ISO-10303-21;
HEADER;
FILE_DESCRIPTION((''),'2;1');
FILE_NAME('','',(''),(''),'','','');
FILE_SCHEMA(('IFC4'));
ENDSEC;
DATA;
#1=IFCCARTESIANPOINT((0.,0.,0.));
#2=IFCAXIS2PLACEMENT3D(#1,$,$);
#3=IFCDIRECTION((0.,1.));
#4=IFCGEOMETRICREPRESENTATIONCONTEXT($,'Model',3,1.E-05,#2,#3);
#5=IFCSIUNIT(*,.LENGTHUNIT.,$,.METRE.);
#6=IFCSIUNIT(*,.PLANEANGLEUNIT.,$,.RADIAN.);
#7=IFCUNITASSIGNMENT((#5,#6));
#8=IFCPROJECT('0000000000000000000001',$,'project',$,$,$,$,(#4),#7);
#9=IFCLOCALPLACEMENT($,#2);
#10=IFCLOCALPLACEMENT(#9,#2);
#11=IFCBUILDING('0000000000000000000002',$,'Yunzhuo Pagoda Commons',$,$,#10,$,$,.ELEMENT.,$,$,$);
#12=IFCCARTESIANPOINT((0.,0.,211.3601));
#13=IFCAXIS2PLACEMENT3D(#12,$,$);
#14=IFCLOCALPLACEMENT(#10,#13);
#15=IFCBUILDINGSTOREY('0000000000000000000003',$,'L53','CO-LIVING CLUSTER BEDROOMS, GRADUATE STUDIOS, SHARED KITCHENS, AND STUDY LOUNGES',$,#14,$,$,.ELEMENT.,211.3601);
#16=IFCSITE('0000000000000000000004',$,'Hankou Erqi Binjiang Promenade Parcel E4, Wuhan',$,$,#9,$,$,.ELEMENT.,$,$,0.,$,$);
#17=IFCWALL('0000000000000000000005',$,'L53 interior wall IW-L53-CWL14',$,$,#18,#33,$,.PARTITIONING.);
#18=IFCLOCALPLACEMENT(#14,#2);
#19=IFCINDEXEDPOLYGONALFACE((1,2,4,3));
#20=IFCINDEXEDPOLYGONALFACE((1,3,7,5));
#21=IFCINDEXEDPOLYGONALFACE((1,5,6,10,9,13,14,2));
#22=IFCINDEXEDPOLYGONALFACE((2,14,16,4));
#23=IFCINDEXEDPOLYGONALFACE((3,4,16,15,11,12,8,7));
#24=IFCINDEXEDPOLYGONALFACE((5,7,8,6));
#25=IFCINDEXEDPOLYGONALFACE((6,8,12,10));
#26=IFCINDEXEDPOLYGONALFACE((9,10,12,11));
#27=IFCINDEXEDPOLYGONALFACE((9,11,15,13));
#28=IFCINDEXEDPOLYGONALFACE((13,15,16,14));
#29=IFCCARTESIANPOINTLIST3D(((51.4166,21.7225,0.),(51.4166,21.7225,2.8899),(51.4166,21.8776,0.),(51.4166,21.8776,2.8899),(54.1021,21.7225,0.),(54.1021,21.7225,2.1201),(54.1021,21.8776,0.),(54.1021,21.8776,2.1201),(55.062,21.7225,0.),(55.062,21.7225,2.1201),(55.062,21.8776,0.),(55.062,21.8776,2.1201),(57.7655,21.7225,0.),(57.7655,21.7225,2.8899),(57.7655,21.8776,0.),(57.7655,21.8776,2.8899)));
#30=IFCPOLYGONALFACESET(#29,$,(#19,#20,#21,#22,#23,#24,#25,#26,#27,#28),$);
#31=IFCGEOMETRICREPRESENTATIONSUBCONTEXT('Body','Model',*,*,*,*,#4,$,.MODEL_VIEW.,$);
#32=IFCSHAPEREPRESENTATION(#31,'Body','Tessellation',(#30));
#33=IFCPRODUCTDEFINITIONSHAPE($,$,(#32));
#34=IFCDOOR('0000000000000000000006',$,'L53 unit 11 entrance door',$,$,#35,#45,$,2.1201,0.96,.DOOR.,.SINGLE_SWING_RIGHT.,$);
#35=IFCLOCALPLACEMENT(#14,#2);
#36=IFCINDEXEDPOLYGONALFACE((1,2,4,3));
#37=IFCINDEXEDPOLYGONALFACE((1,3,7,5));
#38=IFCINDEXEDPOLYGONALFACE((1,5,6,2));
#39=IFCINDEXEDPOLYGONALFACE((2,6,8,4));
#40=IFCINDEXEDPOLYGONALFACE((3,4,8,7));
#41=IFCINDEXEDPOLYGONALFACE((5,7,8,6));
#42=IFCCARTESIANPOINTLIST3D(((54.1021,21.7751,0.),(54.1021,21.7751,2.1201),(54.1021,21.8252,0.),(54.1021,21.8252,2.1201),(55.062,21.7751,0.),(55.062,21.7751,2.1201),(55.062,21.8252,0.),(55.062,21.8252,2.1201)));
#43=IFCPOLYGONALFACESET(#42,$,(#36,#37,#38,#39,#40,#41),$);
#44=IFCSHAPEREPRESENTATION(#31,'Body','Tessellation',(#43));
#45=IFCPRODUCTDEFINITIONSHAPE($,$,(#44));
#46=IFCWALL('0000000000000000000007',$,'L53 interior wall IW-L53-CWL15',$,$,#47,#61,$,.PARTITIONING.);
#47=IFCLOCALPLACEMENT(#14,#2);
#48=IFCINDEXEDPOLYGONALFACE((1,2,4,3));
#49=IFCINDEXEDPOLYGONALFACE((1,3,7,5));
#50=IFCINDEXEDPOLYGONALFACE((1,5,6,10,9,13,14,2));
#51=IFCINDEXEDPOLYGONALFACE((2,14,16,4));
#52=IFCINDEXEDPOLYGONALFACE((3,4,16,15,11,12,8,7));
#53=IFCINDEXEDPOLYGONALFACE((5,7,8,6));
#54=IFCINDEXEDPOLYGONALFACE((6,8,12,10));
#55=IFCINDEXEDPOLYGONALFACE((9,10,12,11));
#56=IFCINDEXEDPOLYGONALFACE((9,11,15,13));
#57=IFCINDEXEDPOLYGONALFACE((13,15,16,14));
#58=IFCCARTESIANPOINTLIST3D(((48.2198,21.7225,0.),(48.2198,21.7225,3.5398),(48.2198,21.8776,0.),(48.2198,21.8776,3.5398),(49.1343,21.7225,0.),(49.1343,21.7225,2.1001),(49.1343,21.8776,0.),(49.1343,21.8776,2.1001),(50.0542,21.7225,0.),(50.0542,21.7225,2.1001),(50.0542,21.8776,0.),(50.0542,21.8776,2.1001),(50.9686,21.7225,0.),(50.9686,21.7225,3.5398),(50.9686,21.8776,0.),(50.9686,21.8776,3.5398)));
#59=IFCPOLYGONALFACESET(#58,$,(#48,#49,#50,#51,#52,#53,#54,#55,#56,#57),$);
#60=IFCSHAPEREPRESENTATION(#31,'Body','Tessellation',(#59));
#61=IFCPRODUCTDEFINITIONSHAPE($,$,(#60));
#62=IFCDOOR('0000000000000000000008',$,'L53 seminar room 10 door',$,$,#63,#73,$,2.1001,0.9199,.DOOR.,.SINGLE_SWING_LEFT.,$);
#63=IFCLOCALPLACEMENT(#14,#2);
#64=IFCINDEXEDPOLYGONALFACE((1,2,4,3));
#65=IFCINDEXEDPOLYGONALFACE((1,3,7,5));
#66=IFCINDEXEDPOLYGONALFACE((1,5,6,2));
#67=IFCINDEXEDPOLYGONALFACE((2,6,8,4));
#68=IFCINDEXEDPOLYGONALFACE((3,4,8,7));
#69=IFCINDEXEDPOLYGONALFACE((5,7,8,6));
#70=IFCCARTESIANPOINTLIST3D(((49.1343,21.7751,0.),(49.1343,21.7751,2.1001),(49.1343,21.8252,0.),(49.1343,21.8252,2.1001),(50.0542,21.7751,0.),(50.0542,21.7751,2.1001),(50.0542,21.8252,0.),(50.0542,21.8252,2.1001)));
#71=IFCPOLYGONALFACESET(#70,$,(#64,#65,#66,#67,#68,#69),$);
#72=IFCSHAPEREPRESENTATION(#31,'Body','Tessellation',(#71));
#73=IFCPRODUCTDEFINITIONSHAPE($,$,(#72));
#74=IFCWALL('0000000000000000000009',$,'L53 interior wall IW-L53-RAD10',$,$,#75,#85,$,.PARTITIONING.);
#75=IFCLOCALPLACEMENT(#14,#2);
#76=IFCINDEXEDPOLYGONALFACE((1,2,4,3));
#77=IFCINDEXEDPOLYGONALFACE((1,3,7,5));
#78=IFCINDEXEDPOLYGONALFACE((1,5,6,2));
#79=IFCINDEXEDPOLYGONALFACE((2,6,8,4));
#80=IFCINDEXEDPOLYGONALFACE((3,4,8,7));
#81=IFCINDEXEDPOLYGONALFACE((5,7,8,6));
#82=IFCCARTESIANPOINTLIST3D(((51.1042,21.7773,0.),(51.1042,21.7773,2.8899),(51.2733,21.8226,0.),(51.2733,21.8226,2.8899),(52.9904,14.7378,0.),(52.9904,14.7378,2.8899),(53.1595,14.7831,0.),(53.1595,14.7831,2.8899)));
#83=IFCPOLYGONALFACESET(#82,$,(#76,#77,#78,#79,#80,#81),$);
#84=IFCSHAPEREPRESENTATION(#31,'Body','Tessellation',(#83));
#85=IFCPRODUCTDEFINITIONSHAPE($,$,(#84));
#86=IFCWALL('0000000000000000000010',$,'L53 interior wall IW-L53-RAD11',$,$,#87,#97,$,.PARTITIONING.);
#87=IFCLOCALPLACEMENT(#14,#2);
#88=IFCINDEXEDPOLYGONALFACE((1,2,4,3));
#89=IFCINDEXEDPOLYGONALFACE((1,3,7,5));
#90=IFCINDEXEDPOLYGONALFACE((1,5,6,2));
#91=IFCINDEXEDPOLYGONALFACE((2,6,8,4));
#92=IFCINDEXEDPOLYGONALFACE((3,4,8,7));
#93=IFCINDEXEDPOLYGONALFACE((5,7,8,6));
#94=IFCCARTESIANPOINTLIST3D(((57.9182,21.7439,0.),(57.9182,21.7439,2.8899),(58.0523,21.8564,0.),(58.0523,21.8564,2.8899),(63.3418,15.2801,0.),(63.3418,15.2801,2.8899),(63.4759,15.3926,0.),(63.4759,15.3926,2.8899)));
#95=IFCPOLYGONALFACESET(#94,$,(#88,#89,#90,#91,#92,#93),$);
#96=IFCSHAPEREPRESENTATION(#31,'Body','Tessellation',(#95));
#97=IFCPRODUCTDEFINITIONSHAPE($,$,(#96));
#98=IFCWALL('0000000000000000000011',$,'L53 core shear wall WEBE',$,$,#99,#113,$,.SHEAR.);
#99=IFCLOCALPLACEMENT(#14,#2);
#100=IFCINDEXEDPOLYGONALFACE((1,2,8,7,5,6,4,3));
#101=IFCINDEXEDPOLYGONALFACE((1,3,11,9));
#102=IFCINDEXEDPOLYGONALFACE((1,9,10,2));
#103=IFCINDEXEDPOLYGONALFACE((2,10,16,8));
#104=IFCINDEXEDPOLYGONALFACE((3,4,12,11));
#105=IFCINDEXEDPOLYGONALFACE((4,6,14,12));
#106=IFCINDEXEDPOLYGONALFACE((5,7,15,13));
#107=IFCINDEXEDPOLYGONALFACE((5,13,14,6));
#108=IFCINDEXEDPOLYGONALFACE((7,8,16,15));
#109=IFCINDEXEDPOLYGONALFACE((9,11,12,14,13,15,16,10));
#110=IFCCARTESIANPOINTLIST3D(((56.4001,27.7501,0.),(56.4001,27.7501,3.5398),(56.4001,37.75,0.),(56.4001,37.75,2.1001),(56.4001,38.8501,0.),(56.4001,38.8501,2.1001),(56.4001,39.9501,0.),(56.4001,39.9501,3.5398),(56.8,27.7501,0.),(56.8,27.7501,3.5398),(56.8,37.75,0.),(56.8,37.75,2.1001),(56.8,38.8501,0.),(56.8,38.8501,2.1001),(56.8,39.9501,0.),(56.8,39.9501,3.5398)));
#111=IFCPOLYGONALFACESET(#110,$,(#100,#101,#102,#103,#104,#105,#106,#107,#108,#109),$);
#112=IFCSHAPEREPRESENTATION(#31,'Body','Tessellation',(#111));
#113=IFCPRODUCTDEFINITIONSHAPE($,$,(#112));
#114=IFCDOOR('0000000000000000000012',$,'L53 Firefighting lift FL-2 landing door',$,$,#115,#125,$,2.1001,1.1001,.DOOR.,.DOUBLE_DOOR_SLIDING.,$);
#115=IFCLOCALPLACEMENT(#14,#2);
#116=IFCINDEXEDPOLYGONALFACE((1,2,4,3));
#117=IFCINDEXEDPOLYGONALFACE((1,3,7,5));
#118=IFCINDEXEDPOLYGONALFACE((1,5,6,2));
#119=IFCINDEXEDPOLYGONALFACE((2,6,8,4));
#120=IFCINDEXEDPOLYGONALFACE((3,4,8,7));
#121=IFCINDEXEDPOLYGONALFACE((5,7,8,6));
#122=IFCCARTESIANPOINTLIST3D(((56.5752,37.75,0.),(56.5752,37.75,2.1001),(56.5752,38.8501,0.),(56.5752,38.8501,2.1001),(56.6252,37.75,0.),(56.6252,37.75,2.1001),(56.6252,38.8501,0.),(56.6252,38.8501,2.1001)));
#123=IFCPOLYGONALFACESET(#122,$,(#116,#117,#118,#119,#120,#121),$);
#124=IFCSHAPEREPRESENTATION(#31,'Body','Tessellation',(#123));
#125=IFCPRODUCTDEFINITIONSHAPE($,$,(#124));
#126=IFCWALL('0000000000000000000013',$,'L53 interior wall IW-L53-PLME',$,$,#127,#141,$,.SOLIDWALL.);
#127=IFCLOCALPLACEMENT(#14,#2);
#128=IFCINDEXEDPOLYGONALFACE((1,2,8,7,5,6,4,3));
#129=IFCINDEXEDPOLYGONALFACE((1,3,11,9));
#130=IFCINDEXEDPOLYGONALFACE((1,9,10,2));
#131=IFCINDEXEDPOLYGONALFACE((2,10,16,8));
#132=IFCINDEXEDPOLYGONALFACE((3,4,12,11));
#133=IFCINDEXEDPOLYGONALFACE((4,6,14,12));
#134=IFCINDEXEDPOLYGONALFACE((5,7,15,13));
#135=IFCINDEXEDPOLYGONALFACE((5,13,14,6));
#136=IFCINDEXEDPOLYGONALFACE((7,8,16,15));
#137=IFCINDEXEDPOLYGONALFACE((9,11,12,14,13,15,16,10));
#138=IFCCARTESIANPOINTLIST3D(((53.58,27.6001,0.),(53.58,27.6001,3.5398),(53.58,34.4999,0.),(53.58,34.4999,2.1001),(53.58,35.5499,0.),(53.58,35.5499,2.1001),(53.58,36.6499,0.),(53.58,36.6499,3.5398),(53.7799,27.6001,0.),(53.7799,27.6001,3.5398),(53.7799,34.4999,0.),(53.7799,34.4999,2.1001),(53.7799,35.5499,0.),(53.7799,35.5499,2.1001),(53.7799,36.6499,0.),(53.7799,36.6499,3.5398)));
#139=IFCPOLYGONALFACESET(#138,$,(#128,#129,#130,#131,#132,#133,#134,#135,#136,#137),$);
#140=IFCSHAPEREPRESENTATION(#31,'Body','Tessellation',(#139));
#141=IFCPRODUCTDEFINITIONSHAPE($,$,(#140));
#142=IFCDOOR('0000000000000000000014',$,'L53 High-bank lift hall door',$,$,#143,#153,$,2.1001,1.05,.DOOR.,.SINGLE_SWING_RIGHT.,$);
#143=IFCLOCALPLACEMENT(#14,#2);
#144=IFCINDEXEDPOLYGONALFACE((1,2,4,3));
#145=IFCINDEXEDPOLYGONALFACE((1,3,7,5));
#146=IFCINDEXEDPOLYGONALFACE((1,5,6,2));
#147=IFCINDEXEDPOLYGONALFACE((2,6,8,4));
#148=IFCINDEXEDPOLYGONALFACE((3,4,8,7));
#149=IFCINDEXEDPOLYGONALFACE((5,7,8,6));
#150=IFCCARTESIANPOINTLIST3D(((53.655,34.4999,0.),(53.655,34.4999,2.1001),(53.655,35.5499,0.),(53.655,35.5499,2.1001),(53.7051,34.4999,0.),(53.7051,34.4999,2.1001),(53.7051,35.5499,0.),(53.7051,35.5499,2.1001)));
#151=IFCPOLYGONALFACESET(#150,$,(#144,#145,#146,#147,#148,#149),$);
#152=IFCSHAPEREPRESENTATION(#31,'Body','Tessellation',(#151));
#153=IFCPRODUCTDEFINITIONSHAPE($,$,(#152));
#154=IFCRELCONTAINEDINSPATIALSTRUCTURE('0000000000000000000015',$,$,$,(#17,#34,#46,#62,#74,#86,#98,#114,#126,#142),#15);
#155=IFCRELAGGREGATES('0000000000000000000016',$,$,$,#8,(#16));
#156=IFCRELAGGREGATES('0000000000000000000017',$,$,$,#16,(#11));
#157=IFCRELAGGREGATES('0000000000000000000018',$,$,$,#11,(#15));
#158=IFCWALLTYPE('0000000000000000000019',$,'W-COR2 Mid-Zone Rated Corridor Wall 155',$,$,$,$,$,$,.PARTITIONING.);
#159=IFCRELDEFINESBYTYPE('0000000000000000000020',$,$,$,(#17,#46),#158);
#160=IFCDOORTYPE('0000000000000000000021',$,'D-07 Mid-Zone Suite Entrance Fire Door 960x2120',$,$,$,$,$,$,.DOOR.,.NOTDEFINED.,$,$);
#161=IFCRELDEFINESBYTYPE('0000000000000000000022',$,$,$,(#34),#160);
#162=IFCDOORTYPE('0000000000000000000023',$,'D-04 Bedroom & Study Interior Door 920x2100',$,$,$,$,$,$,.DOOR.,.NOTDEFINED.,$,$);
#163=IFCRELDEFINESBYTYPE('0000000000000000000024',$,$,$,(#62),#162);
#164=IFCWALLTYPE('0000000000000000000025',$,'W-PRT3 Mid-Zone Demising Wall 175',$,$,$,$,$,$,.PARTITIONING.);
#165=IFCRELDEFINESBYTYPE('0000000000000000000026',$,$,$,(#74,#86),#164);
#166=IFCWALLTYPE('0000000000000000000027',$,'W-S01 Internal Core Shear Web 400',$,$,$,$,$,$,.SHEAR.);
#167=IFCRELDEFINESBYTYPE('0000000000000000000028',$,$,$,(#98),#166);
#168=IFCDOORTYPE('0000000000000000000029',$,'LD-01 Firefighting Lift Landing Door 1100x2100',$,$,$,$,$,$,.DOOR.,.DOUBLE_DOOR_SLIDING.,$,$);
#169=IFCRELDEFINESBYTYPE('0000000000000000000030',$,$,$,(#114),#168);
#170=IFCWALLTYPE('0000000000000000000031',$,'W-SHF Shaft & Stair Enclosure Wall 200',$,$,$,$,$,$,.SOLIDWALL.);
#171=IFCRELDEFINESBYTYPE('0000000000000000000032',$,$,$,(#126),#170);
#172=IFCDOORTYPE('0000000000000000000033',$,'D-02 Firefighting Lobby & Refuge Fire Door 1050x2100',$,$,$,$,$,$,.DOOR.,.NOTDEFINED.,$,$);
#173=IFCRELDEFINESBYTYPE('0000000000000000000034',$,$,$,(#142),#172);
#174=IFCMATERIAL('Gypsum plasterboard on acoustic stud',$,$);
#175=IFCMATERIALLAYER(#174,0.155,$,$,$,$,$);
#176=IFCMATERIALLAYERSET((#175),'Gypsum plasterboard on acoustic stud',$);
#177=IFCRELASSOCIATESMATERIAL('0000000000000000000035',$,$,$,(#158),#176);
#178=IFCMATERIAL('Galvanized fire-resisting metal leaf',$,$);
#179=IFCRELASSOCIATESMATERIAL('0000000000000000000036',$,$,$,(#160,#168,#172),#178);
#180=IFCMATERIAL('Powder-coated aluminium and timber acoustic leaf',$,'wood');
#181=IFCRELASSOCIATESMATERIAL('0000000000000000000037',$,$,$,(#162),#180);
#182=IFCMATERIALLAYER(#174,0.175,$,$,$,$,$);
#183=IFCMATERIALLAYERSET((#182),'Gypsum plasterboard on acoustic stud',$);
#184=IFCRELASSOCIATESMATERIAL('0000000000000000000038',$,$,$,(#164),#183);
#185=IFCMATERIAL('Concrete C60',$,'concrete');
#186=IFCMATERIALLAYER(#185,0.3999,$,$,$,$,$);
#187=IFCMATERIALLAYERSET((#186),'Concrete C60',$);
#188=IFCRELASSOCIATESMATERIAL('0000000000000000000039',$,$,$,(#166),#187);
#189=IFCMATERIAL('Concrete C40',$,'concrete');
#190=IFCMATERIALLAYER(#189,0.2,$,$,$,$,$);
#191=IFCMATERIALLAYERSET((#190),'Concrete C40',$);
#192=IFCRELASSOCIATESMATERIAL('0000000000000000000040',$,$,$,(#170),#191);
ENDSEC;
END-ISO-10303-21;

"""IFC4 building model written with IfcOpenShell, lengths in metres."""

from ifc_helpers import new_model, si_unit, direction, frame, frame_2d, origin, origin_with_axes, place, context, subcontext, project, spatial, rectangle, extrude, source, transform, mapped, material, layer, layer_set, type_object, element, fill, save


model = new_model("IFC4")

# Units and contexts
model_context = context("Model", 3, precision=1e-05, world=origin(), true_north=direction((0.0, 1.0)))
body_context = subcontext(model_context, "Body", "Model", "MODEL_VIEW")
ifc_project = project(units=[si_unit("LENGTHUNIT", "METRE"), si_unit("PLANEANGLEUNIT", "RADIAN")], contexts=[model_context])

# Site, building, storey
site_placement = place(None, origin())
site = spatial("IfcSite", under=ifc_project, at=site_placement, Name="Hankou Erqi Binjiang Promenade Parcel E4, Wuhan", CompositionType="ELEMENT", RefElevation=0.0)
building_placement = place(site_placement, origin())
building = spatial("IfcBuilding", under=site, at=building_placement, Name="Yunzhuo Pagoda Commons", CompositionType="ELEMENT")
storey_placement = place(building_placement, frame((0.0, 0.0, 211.3601)))
storey = spatial("IfcBuildingStorey", under=building, at=storey_placement, Name="L53", Description="CO-LIVING CLUSTER BEDROOMS, GRADUATE STUDIOS, SHARED KITCHENS, AND STUDY LOUNGES", CompositionType="ELEMENT", Elevation=211.3601)

# Walls, openings, doors
ifc_material_1 = material(Name="Gypsum plasterboard on acoustic stud")
ifc_layer_1 = layer(ifc_material_1, 0.155)
ifc_layer_set_1 = layer_set([ifc_layer_1], Name="Gypsum plasterboard on acoustic stud")
wall_type_1 = type_object("IfcWallType", Name="W-COR2 Mid-Zone Rated Corridor Wall 155", PredefinedType="PARTITIONING", material=ifc_layer_set_1)
ifc_material_2 = material(Name="Galvanized fire-resisting metal leaf")
wall_1_placement = place(storey_placement, frame((57.7654, 21.8, 0.0), z_axis=(0.0, 0.0, 1.0), x_axis=(-1.0, 0.0, 0.0)))
wall_1 = element("IfcWall", 1, at=wall_1_placement, inside=storey, type_object=wall_type_1, Name="L53 interior wall IW-L53-CWL14", PredefinedType="PARTITIONING", context=body_context, shape_type="SweptSolid", body=[
    extrude(rectangle(XDim=6.3489, YDim=0.155, at=frame_2d((3.1743, 0.0))), origin(), (0.0, 0.0, 1.0), 2.8899),
])
opening_1_placement = place(wall_1_placement, frame((2.7034, 0.0, 0.0)))
opening_1 = element("IfcOpeningElement", 2, at=opening_1_placement, cuts=wall_1, PredefinedType="OPENING", context=body_context, shape_type="SweptSolid", body=[
    extrude(rectangle(XDim=0.96, YDim=2.1201, at=frame_2d((0.48, 1.0601))), frame((0.0, 0.0874, 0.0), z_axis=(0.0, -1.0, 0.0), x_axis=(1.0, 0.0, 0.0)), (0.0, 0.0, 1.0), 0.175),
])
door_type_1 = type_object("IfcDoorType", Name="D-07 Mid-Zone Suite Entrance Fire Door 960x2120", OperationType="NOTDEFINED", PredefinedType="DOOR", material=ifc_material_2)
shared_shape_1 = source(origin(), body_context, "Body", "SweptSolid", [
    extrude(rectangle(XDim=0.96, YDim=2.1201, at=frame_2d((0.48, 1.0601))), frame((0.0, 0.0249, 0.0), z_axis=(0.0, -1.0, 0.0), x_axis=(1.0, 0.0, 0.0)), (0.0, 0.0, 1.0), 0.05),
])
door_1_placement = place(opening_1_placement, origin_with_axes())
door_1 = element("IfcDoor", 3, at=door_1_placement, inside=storey, type_object=door_type_1, Name="L53 unit 11 entrance door", OperationType="SINGLE_SWING_RIGHT", OverallHeight=2.1201, OverallWidth=0.96, PredefinedType="DOOR", context=body_context, shape_type="MappedRepresentation", body=[
    mapped(shared_shape_1, transform((0.0, 0.0, 0.0), scale=1.0)),
])
fill(opening_1, door_1)
wall_2_placement = place(storey_placement, frame((50.9688, 21.8, 0.0), z_axis=(0.0, 0.0, 1.0), x_axis=(-1.0, 0.0, 0.0)))
wall_2 = element("IfcWall", 4, at=wall_2_placement, inside=storey, type_object=wall_type_1, Name="L53 interior wall IW-L53-CWL15", PredefinedType="PARTITIONING", context=body_context, shape_type="SweptSolid", body=[
    extrude(rectangle(XDim=2.7488, YDim=0.155, at=frame_2d((1.3745, 0.0))), origin(), (0.0, 0.0, 1.0), 3.5398),
])
opening_2_placement = place(wall_2_placement, frame((0.9146, 0.0, 0.0)))
opening_2 = element("IfcOpeningElement", 5, at=opening_2_placement, cuts=wall_2, PredefinedType="OPENING", context=body_context, shape_type="SweptSolid", body=[
    extrude(rectangle(XDim=0.9199, YDim=2.1001, at=frame_2d((0.46, 1.05))), frame((0.0, 0.0874, 0.0), z_axis=(0.0, -1.0, 0.0), x_axis=(1.0, 0.0, 0.0)), (0.0, 0.0, 1.0), 0.175),
])
ifc_material_3 = material(Name="Powder-coated aluminium and timber acoustic leaf", Category="wood")
door_type_2 = type_object("IfcDoorType", Name="D-04 Bedroom & Study Interior Door 920x2100", OperationType="NOTDEFINED", PredefinedType="DOOR", material=ifc_material_3)
shared_shape_2 = source(origin(), body_context, "Body", "SweptSolid", [
    extrude(rectangle(XDim=0.9199, YDim=2.1001, at=frame_2d((0.46, 1.05))), frame((0.0, 0.0249, 0.0), z_axis=(0.0, -1.0, 0.0), x_axis=(1.0, 0.0, 0.0)), (0.0, 0.0, 1.0), 0.05),
])
door_2_placement = place(opening_2_placement, origin_with_axes())
door_2 = element("IfcDoor", 6, at=door_2_placement, inside=storey, type_object=door_type_2, Name="L53 seminar room 10 door", OperationType="SINGLE_SWING_LEFT", OverallHeight=2.1001, OverallWidth=0.9199, PredefinedType="DOOR", context=body_context, shape_type="MappedRepresentation", body=[
    mapped(shared_shape_2, transform((0.0, 0.0, 0.0), scale=1.0)),
])
fill(opening_2, door_2)

# Walls
ifc_layer_2 = layer(ifc_material_1, 0.175)
ifc_layer_set_2 = layer_set([ifc_layer_2], Name="Gypsum plasterboard on acoustic stud")
wall_type_2 = type_object("IfcWallType", Name="W-PRT3 Mid-Zone Demising Wall 175", PredefinedType="PARTITIONING", material=ifc_layer_set_2)
wall_3_placement = place(storey_placement, frame((51.1887, 21.8, 0.0), z_axis=(0.0, 0.0, 1.0), x_axis=(0.258818, -0.965926, 0.0)))
element("IfcWall", 7, at=wall_3_placement, inside=storey, type_object=wall_type_2, Name="L53 interior wall IW-L53-RAD10", PredefinedType="PARTITIONING", context=body_context, shape_type="SweptSolid", body=[
    extrude(rectangle(XDim=7.2878, YDim=0.175, at=frame_2d((3.644, 0.0))), origin(), (0.0, 0.0, 1.0), 2.8899),
])
wall_4_placement = place(storey_placement, frame((57.9854, 21.8, 0.0), z_axis=(0.0, 0.0, 1.0), x_axis=(0.642771, -0.766059, 0.0)))
element("IfcWall", 8, at=wall_4_placement, inside=storey, type_object=wall_type_2, Name="L53 interior wall IW-L53-RAD11", PredefinedType="PARTITIONING", context=body_context, shape_type="SweptSolid", body=[
    extrude(rectangle(XDim=8.4377, YDim=0.175, at=frame_2d((4.2188, 0.0))), origin(), (0.0, 0.0, 1.0), 2.8899),
])

# Walls, openings, doors
ifc_material_4 = material(Name="Concrete C60", Category="concrete")
ifc_layer_3 = layer(ifc_material_4, 0.3999)
ifc_layer_set_3 = layer_set([ifc_layer_3], Name="Concrete C60")
wall_type_3 = type_object("IfcWallType", Name="W-S01 Internal Core Shear Web 400", PredefinedType="SHEAR", material=ifc_layer_set_3)
wall_5_placement = place(storey_placement, frame((56.6001, 27.75, 0.0), z_axis=(0.0, 0.0, 1.0), x_axis=(0.0, 1.0, 0.0)))
wall_5 = element("IfcWall", 9, at=wall_5_placement, inside=storey, type_object=wall_type_3, Name="L53 core shear wall WEBE", PredefinedType="SHEAR", context=body_context, shape_type="SweptSolid", body=[
    extrude(rectangle(XDim=12.2, YDim=0.3999, at=frame_2d((6.1001, 0.0))), origin(), (0.0, 0.0, 1.0), 3.5398),
])
opening_3_placement = place(wall_5_placement, frame((10.0, 0.0, 0.0)))
opening_3 = element("IfcOpeningElement", 10, at=opening_3_placement, cuts=wall_5, PredefinedType="OPENING", context=body_context, shape_type="SweptSolid", body=[
    extrude(rectangle(XDim=1.1001, YDim=2.1001, at=frame_2d((0.55, 1.05))), frame((0.0, 0.21, 0.0), z_axis=(0.0, -1.0, 0.0), x_axis=(1.0, 0.0, 0.0)), (0.0, 0.0, 1.0), 0.4199),
])
door_type_3 = type_object("IfcDoorType", Name="LD-01 Firefighting Lift Landing Door 1100x2100", OperationType="DOUBLE_DOOR_SLIDING", PredefinedType="DOOR", material=ifc_material_2)
shared_shape_3 = source(origin(), body_context, "Body", "SweptSolid", [
    extrude(rectangle(XDim=1.1001, YDim=2.1001, at=frame_2d((0.55, 1.05))), frame((0.0, 0.0249, 0.0), z_axis=(0.0, -1.0, 0.0), x_axis=(1.0, 0.0, 0.0)), (0.0, 0.0, 1.0), 0.05),
])
door_3_placement = place(opening_3_placement, origin_with_axes())
door_3 = element("IfcDoor", 11, at=door_3_placement, inside=storey, type_object=door_type_3, Name="L53 Firefighting lift FL-2 landing door", OperationType="DOUBLE_DOOR_SLIDING", OverallHeight=2.1001, OverallWidth=1.1001, PredefinedType="DOOR", context=body_context, shape_type="MappedRepresentation", body=[
    mapped(shared_shape_3, transform((0.0, 0.0, 0.0), scale=1.0)),
])
fill(opening_3, door_3)
ifc_material_5 = material(Name="Concrete C40", Category="concrete")
ifc_layer_4 = layer(ifc_material_5, 0.2)
ifc_layer_set_4 = layer_set([ifc_layer_4], Name="Concrete C40")
wall_type_4 = type_object("IfcWallType", Name="W-SHF Shaft & Stair Enclosure Wall 200", PredefinedType="SOLIDWALL", material=ifc_layer_set_4)
wall_6_placement = place(storey_placement, frame((53.6799, 27.6001, 0.0), z_axis=(0.0, 0.0, 1.0), x_axis=(0.0, 1.0, 0.0)))
wall_6 = element("IfcWall", 12, at=wall_6_placement, inside=storey, type_object=wall_type_4, Name="L53 interior wall IW-L53-PLME", PredefinedType="SOLIDWALL", context=body_context, shape_type="SweptSolid", body=[
    extrude(rectangle(XDim=9.0498, YDim=0.2, at=frame_2d((4.5249, 0.0))), origin(), (0.0, 0.0, 1.0), 3.5398),
])
opening_4_placement = place(wall_6_placement, frame((6.8999, 0.0, 0.0)))
opening_4 = element("IfcOpeningElement", 13, at=opening_4_placement, cuts=wall_6, PredefinedType="OPENING", context=body_context, shape_type="SweptSolid", body=[
    extrude(rectangle(XDim=1.05, YDim=2.1001, at=frame_2d((0.5249, 1.05))), frame((0.0, 0.1099, 0.0), z_axis=(0.0, -1.0, 0.0), x_axis=(1.0, 0.0, 0.0)), (0.0, 0.0, 1.0), 0.22),
])
door_type_4 = type_object("IfcDoorType", Name="D-02 Firefighting Lobby & Refuge Fire Door 1050x2100", OperationType="NOTDEFINED", PredefinedType="DOOR", material=ifc_material_2)
shared_shape_4 = source(origin(), body_context, "Body", "SweptSolid", [
    extrude(rectangle(XDim=1.05, YDim=2.1001, at=frame_2d((0.5249, 1.05))), frame((0.0, 0.0249, 0.0), z_axis=(0.0, -1.0, 0.0), x_axis=(1.0, 0.0, 0.0)), (0.0, 0.0, 1.0), 0.05),
])
door_4_placement = place(opening_4_placement, origin_with_axes())
door_4 = element("IfcDoor", 14, at=door_4_placement, inside=storey, type_object=door_type_4, Name="L53 High-bank lift hall door", OperationType="SINGLE_SWING_RIGHT", OverallHeight=2.1001, OverallWidth=1.05, PredefinedType="DOOR", context=body_context, shape_type="MappedRepresentation", body=[
    mapped(shared_shape_4, transform((0.0, 0.0, 0.0), scale=1.0)),
])
fill(opening_4, door_4)

save(model, "model.ifc")
